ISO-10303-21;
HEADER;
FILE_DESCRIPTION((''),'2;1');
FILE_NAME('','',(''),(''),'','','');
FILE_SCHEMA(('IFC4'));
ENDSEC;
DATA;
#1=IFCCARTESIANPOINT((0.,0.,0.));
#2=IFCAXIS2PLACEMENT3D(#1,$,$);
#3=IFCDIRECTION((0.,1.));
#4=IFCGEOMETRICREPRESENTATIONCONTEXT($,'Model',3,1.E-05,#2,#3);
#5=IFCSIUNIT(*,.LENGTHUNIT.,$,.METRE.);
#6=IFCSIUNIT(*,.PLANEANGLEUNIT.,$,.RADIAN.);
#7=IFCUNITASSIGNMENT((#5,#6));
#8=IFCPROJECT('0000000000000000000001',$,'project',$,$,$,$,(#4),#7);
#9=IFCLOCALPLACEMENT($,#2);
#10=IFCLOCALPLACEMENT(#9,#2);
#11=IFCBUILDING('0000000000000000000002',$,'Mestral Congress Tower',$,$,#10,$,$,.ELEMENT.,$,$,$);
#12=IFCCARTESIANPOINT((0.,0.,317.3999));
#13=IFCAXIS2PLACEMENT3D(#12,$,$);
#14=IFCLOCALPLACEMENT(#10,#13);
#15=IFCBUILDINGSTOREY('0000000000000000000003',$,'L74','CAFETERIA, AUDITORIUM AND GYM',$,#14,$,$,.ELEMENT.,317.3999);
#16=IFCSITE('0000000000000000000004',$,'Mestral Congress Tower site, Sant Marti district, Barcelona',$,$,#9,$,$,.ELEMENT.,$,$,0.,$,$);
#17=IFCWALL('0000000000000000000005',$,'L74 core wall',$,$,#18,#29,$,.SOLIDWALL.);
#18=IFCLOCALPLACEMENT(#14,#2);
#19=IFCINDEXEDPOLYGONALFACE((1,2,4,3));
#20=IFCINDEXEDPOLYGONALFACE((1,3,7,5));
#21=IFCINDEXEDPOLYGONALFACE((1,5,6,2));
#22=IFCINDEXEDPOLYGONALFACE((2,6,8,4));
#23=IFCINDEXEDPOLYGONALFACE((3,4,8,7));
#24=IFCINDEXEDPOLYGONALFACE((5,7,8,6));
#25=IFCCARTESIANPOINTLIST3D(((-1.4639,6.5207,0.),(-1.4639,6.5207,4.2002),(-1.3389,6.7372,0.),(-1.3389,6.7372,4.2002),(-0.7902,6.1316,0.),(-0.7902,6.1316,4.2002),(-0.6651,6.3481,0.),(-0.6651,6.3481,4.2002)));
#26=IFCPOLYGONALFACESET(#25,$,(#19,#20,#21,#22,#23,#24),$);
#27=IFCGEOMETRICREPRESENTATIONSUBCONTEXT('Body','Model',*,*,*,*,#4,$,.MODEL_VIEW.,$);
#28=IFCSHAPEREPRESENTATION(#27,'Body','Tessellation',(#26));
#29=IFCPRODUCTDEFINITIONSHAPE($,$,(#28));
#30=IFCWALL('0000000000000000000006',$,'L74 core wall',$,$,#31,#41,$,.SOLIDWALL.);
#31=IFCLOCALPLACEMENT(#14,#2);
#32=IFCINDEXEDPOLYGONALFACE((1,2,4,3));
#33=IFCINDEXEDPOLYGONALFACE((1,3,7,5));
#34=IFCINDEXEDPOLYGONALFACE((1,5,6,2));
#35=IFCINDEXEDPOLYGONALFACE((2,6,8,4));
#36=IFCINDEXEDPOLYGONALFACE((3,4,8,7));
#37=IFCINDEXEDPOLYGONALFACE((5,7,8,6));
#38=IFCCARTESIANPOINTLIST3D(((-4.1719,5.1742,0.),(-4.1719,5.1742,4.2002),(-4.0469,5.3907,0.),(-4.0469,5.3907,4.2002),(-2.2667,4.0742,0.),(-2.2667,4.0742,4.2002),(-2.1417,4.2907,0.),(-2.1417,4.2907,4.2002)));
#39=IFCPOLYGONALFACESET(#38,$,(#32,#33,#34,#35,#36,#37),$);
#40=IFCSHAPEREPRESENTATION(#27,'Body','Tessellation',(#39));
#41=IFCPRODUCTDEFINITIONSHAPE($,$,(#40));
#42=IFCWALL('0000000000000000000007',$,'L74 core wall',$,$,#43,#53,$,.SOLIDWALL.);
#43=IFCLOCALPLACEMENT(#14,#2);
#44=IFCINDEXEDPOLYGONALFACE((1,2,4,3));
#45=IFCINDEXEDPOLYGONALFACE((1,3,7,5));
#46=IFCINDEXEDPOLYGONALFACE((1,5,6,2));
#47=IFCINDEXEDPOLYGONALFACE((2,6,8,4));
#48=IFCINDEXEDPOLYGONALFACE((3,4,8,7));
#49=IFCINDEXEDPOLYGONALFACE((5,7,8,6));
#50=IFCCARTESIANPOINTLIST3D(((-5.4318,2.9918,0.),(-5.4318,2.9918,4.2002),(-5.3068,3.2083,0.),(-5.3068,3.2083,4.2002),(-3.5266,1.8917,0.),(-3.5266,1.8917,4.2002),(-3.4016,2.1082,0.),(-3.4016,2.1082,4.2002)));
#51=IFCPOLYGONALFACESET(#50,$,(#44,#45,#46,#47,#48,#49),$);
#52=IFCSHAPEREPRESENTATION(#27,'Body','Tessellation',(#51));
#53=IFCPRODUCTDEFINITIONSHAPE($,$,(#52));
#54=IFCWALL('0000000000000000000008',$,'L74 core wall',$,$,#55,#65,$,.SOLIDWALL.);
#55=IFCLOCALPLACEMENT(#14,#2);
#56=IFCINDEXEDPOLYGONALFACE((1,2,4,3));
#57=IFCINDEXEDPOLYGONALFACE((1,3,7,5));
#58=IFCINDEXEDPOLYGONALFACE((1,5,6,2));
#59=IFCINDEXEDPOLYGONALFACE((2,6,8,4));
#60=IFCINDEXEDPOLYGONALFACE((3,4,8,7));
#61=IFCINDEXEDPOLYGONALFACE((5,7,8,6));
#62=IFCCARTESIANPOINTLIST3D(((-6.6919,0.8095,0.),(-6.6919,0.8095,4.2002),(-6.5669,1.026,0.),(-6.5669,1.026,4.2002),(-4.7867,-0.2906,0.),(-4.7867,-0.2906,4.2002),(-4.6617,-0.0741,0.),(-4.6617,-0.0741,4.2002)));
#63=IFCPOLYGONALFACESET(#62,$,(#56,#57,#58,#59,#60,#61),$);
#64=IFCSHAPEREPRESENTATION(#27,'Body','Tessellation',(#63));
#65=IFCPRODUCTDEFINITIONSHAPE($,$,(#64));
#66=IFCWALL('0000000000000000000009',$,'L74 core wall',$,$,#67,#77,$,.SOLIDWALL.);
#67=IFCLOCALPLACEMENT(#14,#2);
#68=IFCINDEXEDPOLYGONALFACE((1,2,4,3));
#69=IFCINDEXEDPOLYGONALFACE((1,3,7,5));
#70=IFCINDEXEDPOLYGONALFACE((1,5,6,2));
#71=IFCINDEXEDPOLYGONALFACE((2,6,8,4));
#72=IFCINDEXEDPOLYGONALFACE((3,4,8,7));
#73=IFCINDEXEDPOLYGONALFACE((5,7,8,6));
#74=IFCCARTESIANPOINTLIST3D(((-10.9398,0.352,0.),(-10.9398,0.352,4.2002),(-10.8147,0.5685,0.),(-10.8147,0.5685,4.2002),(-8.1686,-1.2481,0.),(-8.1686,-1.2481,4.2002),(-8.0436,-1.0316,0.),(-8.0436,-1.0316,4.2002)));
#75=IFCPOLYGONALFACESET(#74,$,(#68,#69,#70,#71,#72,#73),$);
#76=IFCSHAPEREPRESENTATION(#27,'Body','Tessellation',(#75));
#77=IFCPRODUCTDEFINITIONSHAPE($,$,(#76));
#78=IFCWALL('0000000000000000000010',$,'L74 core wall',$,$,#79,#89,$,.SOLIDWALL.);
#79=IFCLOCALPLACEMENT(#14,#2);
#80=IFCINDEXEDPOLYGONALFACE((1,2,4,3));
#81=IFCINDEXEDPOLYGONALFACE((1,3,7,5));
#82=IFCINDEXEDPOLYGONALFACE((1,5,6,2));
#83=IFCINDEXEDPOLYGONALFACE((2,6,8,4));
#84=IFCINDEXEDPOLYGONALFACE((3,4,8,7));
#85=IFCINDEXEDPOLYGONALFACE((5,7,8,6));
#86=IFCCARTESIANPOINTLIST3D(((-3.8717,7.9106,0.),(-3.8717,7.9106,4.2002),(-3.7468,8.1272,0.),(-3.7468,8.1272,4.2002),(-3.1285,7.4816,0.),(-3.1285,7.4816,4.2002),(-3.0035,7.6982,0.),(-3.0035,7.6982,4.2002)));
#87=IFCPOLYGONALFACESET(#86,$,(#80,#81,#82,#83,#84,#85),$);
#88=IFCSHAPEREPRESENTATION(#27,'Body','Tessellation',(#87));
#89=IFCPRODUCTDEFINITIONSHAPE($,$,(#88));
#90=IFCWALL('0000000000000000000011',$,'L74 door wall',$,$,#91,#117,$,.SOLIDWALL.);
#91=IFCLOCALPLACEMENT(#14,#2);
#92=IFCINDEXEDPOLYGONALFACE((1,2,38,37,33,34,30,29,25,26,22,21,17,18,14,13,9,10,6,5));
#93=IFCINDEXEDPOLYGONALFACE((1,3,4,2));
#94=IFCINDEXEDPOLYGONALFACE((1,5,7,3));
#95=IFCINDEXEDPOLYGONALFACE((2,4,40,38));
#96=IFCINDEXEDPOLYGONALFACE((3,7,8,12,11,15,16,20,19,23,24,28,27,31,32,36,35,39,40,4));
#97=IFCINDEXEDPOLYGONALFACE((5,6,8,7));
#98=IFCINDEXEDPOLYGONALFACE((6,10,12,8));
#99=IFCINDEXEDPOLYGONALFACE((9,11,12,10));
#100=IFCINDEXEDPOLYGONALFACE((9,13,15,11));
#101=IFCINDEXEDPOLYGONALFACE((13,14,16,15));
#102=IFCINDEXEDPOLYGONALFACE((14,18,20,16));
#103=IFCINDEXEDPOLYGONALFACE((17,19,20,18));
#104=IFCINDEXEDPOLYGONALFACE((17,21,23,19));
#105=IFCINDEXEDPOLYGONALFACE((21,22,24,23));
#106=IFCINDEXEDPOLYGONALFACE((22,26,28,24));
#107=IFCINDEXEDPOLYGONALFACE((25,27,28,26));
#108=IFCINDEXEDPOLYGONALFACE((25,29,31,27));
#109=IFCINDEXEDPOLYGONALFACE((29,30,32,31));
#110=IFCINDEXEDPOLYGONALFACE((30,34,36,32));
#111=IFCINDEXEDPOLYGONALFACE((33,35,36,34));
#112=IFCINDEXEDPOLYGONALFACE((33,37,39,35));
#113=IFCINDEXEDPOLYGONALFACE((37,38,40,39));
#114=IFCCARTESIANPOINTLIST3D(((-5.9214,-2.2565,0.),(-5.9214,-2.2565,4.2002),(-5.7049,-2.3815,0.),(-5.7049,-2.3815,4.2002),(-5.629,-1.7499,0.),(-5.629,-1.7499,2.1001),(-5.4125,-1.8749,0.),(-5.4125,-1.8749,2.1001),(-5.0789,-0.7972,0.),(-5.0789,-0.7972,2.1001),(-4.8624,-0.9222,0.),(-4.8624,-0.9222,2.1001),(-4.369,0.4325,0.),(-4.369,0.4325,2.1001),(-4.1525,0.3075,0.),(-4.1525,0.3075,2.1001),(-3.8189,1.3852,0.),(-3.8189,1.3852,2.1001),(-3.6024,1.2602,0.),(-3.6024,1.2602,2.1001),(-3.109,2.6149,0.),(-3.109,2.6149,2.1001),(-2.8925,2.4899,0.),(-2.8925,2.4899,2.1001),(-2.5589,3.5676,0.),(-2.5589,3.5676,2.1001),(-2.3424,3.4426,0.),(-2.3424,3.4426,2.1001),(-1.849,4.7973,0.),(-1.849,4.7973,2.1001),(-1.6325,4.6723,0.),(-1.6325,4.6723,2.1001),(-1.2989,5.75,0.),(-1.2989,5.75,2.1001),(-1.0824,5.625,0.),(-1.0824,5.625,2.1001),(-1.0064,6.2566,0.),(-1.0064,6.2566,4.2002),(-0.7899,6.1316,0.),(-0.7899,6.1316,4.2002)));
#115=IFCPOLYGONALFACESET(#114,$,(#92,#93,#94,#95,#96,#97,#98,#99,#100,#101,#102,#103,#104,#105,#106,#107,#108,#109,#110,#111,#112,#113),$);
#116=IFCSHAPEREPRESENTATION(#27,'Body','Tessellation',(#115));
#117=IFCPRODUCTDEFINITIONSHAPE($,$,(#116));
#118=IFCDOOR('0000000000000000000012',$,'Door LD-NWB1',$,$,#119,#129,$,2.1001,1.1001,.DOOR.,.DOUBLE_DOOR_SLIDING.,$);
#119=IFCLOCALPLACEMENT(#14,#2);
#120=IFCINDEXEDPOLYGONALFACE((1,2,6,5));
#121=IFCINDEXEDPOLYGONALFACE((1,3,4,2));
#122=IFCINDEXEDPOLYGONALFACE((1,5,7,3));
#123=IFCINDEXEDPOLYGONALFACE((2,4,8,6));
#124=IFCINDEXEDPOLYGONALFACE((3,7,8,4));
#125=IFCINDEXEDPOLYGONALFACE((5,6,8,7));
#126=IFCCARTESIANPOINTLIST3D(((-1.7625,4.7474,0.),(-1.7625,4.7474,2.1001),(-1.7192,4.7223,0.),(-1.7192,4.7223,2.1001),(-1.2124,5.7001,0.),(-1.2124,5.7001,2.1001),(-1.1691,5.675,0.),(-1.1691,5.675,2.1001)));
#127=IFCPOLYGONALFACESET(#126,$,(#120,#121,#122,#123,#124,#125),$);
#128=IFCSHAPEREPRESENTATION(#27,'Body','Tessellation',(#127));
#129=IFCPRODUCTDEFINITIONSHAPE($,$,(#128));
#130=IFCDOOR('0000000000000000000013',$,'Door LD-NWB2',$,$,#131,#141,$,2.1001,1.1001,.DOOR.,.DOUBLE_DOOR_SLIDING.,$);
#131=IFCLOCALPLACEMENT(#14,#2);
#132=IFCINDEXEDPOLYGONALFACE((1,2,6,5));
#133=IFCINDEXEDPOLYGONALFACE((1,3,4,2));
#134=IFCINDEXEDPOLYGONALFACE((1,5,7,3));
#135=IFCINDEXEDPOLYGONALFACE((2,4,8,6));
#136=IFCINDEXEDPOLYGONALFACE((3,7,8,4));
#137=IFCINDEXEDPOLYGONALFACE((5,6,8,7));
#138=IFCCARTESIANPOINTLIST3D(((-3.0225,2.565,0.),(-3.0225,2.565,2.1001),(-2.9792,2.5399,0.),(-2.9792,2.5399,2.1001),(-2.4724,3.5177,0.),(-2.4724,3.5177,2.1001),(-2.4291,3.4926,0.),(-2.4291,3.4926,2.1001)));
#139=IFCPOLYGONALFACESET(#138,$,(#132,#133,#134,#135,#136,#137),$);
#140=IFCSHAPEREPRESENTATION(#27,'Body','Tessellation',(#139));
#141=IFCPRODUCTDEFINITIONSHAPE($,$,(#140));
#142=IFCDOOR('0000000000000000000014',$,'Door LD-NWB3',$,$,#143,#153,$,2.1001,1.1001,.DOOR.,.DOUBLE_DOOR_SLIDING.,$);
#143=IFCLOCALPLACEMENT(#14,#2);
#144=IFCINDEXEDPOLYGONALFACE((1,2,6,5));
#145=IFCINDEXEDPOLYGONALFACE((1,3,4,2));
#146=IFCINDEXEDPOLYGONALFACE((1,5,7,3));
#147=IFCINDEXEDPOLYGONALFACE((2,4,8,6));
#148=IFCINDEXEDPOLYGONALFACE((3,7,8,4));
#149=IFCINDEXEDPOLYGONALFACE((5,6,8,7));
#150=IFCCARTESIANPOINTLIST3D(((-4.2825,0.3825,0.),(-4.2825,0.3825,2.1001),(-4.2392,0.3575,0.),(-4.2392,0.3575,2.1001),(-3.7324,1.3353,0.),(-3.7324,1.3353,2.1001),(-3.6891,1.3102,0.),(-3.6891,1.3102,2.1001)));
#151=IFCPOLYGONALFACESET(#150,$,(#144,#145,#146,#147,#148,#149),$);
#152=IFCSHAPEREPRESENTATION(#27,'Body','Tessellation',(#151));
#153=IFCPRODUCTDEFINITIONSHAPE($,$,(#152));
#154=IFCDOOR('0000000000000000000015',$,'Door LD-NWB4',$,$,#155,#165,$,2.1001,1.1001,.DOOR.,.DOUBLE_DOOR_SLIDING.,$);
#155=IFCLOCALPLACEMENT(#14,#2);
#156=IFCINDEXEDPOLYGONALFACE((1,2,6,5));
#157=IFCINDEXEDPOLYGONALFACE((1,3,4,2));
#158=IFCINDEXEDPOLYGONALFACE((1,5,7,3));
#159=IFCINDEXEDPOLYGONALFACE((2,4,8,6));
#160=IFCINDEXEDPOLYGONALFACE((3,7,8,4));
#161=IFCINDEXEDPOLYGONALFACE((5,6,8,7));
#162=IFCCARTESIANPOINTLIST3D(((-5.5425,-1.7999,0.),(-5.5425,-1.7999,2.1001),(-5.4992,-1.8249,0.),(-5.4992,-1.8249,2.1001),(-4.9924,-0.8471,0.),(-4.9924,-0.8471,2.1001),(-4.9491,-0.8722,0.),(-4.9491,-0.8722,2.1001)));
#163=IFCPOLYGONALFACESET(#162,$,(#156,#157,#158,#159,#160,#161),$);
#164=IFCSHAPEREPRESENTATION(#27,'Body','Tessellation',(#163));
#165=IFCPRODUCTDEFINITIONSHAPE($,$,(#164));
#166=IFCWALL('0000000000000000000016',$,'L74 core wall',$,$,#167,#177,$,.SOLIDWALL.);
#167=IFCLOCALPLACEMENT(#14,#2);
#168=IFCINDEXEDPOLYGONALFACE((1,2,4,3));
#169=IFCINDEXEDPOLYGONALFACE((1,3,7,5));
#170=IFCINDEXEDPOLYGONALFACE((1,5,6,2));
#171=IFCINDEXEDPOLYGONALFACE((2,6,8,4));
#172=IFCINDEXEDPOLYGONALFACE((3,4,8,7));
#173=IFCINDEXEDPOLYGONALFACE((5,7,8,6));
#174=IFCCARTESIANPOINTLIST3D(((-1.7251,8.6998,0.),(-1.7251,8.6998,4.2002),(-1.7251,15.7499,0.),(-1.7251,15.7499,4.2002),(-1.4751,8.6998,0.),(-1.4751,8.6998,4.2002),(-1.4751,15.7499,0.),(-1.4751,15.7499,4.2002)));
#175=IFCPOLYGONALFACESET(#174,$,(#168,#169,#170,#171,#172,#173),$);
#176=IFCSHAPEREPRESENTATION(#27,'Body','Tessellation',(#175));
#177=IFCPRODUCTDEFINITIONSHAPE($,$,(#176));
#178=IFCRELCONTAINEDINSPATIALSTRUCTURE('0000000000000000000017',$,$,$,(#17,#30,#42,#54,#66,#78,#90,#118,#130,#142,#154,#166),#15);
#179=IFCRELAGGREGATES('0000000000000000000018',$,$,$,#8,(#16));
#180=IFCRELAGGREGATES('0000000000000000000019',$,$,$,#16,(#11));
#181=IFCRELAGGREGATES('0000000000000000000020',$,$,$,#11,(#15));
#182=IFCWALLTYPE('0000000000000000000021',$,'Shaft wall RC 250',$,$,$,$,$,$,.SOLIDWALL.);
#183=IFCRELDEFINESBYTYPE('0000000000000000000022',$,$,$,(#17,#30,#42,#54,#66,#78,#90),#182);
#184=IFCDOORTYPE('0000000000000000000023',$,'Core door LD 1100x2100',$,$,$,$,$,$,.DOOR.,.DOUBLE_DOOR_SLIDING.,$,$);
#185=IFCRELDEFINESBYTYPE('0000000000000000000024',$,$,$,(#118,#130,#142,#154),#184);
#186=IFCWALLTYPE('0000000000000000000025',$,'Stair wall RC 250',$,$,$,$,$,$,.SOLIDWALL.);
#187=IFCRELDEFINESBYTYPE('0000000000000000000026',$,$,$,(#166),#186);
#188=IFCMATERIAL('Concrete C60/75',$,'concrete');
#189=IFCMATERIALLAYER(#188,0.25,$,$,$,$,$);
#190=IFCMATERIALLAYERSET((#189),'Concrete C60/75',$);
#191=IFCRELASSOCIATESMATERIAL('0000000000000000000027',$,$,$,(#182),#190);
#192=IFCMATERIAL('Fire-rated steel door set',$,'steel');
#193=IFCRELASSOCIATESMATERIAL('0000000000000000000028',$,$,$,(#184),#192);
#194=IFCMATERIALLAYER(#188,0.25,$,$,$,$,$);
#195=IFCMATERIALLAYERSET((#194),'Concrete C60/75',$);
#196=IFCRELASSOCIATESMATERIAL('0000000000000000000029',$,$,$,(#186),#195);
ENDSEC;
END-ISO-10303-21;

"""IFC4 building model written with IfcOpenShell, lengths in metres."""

from ifc_helpers import new_model, si_unit, direction, frame, frame_2d, origin, place, context, subcontext, project, spatial, rectangle, extrude, material, layer, layer_set, type_object, element, fill, save


model = new_model("IFC4")

# Units and contexts
model_context = context("Model", 3, precision=1e-05, world=origin(), true_north=direction((0.0, 1.0)))
body_context = subcontext(model_context, "Body", "Model", "MODEL_VIEW")
ifc_project = project(units=[si_unit("LENGTHUNIT", "METRE"), si_unit("PLANEANGLEUNIT", "RADIAN")], contexts=[model_context])

# Site, building, storey
site_placement = place(None, origin())
site = spatial("IfcSite", under=ifc_project, at=site_placement, Name="Mestral Congress Tower site, Sant Marti district, Barcelona", CompositionType="ELEMENT", RefElevation=0.0)
building_placement = place(site_placement, origin())
building = spatial("IfcBuilding", under=site, at=building_placement, Name="Mestral Congress Tower", CompositionType="ELEMENT")
storey_placement = place(building_placement, frame((0.0, 0.0, 317.3999)))
storey = spatial("IfcBuildingStorey", under=building, at=storey_placement, Name="L74", Description="CAFETERIA, AUDITORIUM AND GYM", CompositionType="ELEMENT", Elevation=317.3999)

# Shared definitions
ifc_material_1 = material(Name="Fire-rated steel door set", Category="steel")

# Walls
ifc_material_2 = material(Name="Concrete C60/75", Category="concrete")
ifc_layer_1 = layer(ifc_material_2, 0.25)
ifc_layer_set_1 = layer_set([ifc_layer_1], Name="Concrete C60/75")
wall_type_1 = type_object("IfcWallType", Name="Shaft wall RC 250", PredefinedType="SOLIDWALL", material=ifc_layer_set_1)
wall_1_placement = place(storey_placement, frame((-0.7275, 6.2397, 0.0), z_axis=(0.0, 0.0, 1.0), x_axis=(-0.865956, 0.500121, 0.0)))
element("IfcWall", 1, at=wall_1_placement, inside=storey, type_object=wall_type_1, Name="L74 core wall", PredefinedType="SOLIDWALL", context=body_context, shape_type="SweptSolid", body=[
    extrude(rectangle(XDim=0.7781, YDim=0.25, at=frame_2d((0.3892, 0.0))), origin(), (0.0, 0.0, 1.0), 4.2002),
])
for number, where, z_axis, x_axis, name in (
    (2, (-2.2041, 4.1824, 0.0), (0.0, 0.0, 1.0), (-0.866008, 0.50003, 0.0), "L74 core wall"),
    (3, (-5.3694, 3.1001, 0.0), (0.0, 0.0, 1.0), (0.866008, -0.50003, 0.0), "L74 core wall"),
    (4, (-4.7241, -0.1824, 0.0), (0.0, 0.0, 1.0), (-0.866008, 0.50003, 0.0), "L74 core wall"),
):
    element("IfcWall", number, at=place(storey_placement, frame(where, z_axis=z_axis, x_axis=x_axis)), inside=storey, type_object=wall_type_1, Name=name, PredefinedType="SOLIDWALL", context=body_context, shape_type="SweptSolid", body=[
        extrude(rectangle(XDim=2.2, YDim=0.25, at=frame_2d((1.1001, 0.0))), origin(), (0.0, 0.0, 1.0), 4.2002),
    ])
wall_2_placement = place(storey_placement, frame((-8.106, -1.1399, 0.0), z_axis=(0.0, 0.0, 1.0), x_axis=(-0.866009, 0.500028, 0.0)))
element("IfcWall", 5, at=wall_2_placement, inside=storey, type_object=wall_type_1, Name="L74 core wall", PredefinedType="SOLIDWALL", context=body_context, shape_type="SweptSolid", body=[
    extrude(rectangle(XDim=3.2, YDim=0.25, at=frame_2d((1.6001, 0.0))), origin(), (0.0, 0.0, 1.0), 4.2002),
])
wall_3_placement = place(storey_placement, frame((-3.0659, 7.5898, 0.0), z_axis=(0.0, 0.0, 1.0), x_axis=(-0.866081, 0.499903, 0.0)))
element("IfcWall", 6, at=wall_3_placement, inside=storey, type_object=wall_type_1, Name="L74 core wall", PredefinedType="SOLIDWALL", context=body_context, shape_type="SweptSolid", body=[
    extrude(rectangle(XDim=0.8582, YDim=0.25, at=frame_2d((0.4292, 0.0))), origin(), (0.0, 0.0, 1.0), 4.2002),
])

# Wall, openings, doors
wall_4_placement = place(storey_placement, frame((-0.8982, 6.1941, 0.0), z_axis=(0.0, 0.0, 1.0), x_axis=(-0.499996, -0.866028, 0.0)))
wall_4 = element("IfcWall", 7, at=wall_4_placement, inside=storey, type_object=wall_type_1, Name="L74 door wall", PredefinedType="SOLIDWALL", context=body_context, shape_type="SweptSolid", body=[
    extrude(rectangle(XDim=9.8301, YDim=0.25, at=frame_2d((4.915, 0.0))), origin(), (0.0, 0.0, 1.0), 4.2002),
])
opening_1_placement = place(wall_4_placement, frame((0.585, 0.0, 0.0)))
opening_1 = element("IfcOpeningElement", 8, at=opening_1_placement, cuts=wall_4, PredefinedType="OPENING", context=body_context, shape_type="SweptSolid", body=[
    extrude(rectangle(XDim=1.1001, YDim=2.1001, at=frame_2d((0.55, 1.05))), frame((0.0, 0.135, 0.0), z_axis=(0.0, -1.0, 0.0), x_axis=(1.0, 0.0, 0.0)), (0.0, 0.0, 1.0), 0.27),
])
opening_2_placement = place(wall_4_placement, frame((3.105, 0.0, 0.0)))
opening_2 = element("IfcOpeningElement", 9, at=opening_2_placement, cuts=wall_4, PredefinedType="OPENING", context=body_context, shape_type="SweptSolid", body=[
    extrude(rectangle(XDim=1.1001, YDim=2.1001, at=frame_2d((0.55, 1.05))), frame((0.0, 0.135, 0.0), z_axis=(0.0, -1.0, 0.0), x_axis=(1.0, 0.0, 0.0)), (0.0, 0.0, 1.0), 0.27),
])
opening_3_placement = place(wall_4_placement, frame((5.625, 0.0, 0.0)))
opening_3 = element("IfcOpeningElement", 10, at=opening_3_placement, cuts=wall_4, PredefinedType="OPENING", context=body_context, shape_type="SweptSolid", body=[
    extrude(rectangle(XDim=1.1001, YDim=2.1001, at=frame_2d((0.55, 1.05))), frame((0.0, 0.135, 0.0), z_axis=(0.0, -1.0, 0.0), x_axis=(1.0, 0.0, 0.0)), (0.0, 0.0, 1.0), 0.27),
])
opening_4_placement = place(wall_4_placement, frame((8.145, 0.0, 0.0)))
opening_4 = element("IfcOpeningElement", 11, at=opening_4_placement, cuts=wall_4, PredefinedType="OPENING", context=body_context, shape_type="SweptSolid", body=[
    extrude(rectangle(XDim=1.1001, YDim=2.1001, at=frame_2d((0.55, 1.05))), frame((0.0, 0.135, 0.0), z_axis=(0.0, -1.0, 0.0), x_axis=(1.0, 0.0, 0.0)), (0.0, 0.0, 1.0), 0.27),
])
door_type_1 = type_object("IfcDoorType", Name="Core door LD 1100x2100", OperationType="DOUBLE_DOOR_SLIDING", PredefinedType="DOOR", material=ifc_material_1)
door_1_placement = place(opening_1_placement, origin())
door_1 = element("IfcDoor", 12, at=door_1_placement, inside=storey, type_object=door_type_1, Name="Door LD-NWB1", OperationType="DOUBLE_DOOR_SLIDING", OverallHeight=2.1001, OverallWidth=1.1001, PredefinedType="DOOR", context=body_context, shape_type="SweptSolid", body=[
    extrude(rectangle(XDim=1.1001, YDim=2.1001, at=frame_2d((0.55, 1.05))), frame((0.0, 0.0249, 0.0), z_axis=(0.0, -1.0, 0.0), x_axis=(1.0, 0.0, 0.0)), (0.0, 0.0, 1.0), 0.05),
])
fill(opening_1, door_1)
door_2_placement = place(opening_2_placement, origin())
door_2 = element("IfcDoor", 13, at=door_2_placement, inside=storey, type_object=door_type_1, Name="Door LD-NWB2", OperationType="DOUBLE_DOOR_SLIDING", OverallHeight=2.1001, OverallWidth=1.1001, PredefinedType="DOOR", context=body_context, shape_type="SweptSolid", body=[
    extrude(rectangle(XDim=1.1001, YDim=2.1001, at=frame_2d((0.55, 1.05))), frame((0.0, 0.0249, 0.0), z_axis=(0.0, -1.0, 0.0), x_axis=(1.0, 0.0, 0.0)), (0.0, 0.0, 1.0), 0.05),
])
fill(opening_2, door_2)
door_3_placement = place(opening_3_placement, origin())
door_3 = element("IfcDoor", 14, at=door_3_placement, inside=storey, type_object=door_type_1, Name="Door LD-NWB3", OperationType="DOUBLE_DOOR_SLIDING", OverallHeight=2.1001, OverallWidth=1.1001, PredefinedType="DOOR", context=body_context, shape_type="SweptSolid", body=[
    extrude(rectangle(XDim=1.1001, YDim=2.1001, at=frame_2d((0.55, 1.05))), frame((0.0, 0.0249, 0.0), z_axis=(0.0, -1.0, 0.0), x_axis=(1.0, 0.0, 0.0)), (0.0, 0.0, 1.0), 0.05),
])
fill(opening_3, door_3)
door_4_placement = place(opening_4_placement, origin())
door_4 = element("IfcDoor", 15, at=door_4_placement, inside=storey, type_object=door_type_1, Name="Door LD-NWB4", OperationType="DOUBLE_DOOR_SLIDING", OverallHeight=2.1001, OverallWidth=1.1001, PredefinedType="DOOR", context=body_context, shape_type="SweptSolid", body=[
    extrude(rectangle(XDim=1.1001, YDim=2.1001, at=frame_2d((0.55, 1.05))), frame((0.0, 0.0249, 0.0), z_axis=(0.0, -1.0, 0.0), x_axis=(1.0, 0.0, 0.0)), (0.0, 0.0, 1.0), 0.05),
])
fill(opening_4, door_4)

# Wall
ifc_layer_2 = layer(ifc_material_2, 0.25)
ifc_layer_set_2 = layer_set([ifc_layer_2], Name="Concrete C60/75")
wall_type_2 = type_object("IfcWallType", Name="Stair wall RC 250", PredefinedType="SOLIDWALL", material=ifc_layer_set_2)
wall_5_placement = place(storey_placement, frame((-1.6001, 8.7, 0.0), z_axis=(0.0, 0.0, 1.0), x_axis=(0.0, 1.0, 0.0)))
element("IfcWall", 16, at=wall_5_placement, inside=storey, type_object=wall_type_2, Name="L74 core wall", PredefinedType="SOLIDWALL", context=body_context, shape_type="SweptSolid", body=[
    extrude(rectangle(XDim=7.05, YDim=0.25, at=frame_2d((3.5249, 0.0))), origin(), (0.0, 0.0, 1.0), 4.2002),
])

save(model, "model.ifc")
